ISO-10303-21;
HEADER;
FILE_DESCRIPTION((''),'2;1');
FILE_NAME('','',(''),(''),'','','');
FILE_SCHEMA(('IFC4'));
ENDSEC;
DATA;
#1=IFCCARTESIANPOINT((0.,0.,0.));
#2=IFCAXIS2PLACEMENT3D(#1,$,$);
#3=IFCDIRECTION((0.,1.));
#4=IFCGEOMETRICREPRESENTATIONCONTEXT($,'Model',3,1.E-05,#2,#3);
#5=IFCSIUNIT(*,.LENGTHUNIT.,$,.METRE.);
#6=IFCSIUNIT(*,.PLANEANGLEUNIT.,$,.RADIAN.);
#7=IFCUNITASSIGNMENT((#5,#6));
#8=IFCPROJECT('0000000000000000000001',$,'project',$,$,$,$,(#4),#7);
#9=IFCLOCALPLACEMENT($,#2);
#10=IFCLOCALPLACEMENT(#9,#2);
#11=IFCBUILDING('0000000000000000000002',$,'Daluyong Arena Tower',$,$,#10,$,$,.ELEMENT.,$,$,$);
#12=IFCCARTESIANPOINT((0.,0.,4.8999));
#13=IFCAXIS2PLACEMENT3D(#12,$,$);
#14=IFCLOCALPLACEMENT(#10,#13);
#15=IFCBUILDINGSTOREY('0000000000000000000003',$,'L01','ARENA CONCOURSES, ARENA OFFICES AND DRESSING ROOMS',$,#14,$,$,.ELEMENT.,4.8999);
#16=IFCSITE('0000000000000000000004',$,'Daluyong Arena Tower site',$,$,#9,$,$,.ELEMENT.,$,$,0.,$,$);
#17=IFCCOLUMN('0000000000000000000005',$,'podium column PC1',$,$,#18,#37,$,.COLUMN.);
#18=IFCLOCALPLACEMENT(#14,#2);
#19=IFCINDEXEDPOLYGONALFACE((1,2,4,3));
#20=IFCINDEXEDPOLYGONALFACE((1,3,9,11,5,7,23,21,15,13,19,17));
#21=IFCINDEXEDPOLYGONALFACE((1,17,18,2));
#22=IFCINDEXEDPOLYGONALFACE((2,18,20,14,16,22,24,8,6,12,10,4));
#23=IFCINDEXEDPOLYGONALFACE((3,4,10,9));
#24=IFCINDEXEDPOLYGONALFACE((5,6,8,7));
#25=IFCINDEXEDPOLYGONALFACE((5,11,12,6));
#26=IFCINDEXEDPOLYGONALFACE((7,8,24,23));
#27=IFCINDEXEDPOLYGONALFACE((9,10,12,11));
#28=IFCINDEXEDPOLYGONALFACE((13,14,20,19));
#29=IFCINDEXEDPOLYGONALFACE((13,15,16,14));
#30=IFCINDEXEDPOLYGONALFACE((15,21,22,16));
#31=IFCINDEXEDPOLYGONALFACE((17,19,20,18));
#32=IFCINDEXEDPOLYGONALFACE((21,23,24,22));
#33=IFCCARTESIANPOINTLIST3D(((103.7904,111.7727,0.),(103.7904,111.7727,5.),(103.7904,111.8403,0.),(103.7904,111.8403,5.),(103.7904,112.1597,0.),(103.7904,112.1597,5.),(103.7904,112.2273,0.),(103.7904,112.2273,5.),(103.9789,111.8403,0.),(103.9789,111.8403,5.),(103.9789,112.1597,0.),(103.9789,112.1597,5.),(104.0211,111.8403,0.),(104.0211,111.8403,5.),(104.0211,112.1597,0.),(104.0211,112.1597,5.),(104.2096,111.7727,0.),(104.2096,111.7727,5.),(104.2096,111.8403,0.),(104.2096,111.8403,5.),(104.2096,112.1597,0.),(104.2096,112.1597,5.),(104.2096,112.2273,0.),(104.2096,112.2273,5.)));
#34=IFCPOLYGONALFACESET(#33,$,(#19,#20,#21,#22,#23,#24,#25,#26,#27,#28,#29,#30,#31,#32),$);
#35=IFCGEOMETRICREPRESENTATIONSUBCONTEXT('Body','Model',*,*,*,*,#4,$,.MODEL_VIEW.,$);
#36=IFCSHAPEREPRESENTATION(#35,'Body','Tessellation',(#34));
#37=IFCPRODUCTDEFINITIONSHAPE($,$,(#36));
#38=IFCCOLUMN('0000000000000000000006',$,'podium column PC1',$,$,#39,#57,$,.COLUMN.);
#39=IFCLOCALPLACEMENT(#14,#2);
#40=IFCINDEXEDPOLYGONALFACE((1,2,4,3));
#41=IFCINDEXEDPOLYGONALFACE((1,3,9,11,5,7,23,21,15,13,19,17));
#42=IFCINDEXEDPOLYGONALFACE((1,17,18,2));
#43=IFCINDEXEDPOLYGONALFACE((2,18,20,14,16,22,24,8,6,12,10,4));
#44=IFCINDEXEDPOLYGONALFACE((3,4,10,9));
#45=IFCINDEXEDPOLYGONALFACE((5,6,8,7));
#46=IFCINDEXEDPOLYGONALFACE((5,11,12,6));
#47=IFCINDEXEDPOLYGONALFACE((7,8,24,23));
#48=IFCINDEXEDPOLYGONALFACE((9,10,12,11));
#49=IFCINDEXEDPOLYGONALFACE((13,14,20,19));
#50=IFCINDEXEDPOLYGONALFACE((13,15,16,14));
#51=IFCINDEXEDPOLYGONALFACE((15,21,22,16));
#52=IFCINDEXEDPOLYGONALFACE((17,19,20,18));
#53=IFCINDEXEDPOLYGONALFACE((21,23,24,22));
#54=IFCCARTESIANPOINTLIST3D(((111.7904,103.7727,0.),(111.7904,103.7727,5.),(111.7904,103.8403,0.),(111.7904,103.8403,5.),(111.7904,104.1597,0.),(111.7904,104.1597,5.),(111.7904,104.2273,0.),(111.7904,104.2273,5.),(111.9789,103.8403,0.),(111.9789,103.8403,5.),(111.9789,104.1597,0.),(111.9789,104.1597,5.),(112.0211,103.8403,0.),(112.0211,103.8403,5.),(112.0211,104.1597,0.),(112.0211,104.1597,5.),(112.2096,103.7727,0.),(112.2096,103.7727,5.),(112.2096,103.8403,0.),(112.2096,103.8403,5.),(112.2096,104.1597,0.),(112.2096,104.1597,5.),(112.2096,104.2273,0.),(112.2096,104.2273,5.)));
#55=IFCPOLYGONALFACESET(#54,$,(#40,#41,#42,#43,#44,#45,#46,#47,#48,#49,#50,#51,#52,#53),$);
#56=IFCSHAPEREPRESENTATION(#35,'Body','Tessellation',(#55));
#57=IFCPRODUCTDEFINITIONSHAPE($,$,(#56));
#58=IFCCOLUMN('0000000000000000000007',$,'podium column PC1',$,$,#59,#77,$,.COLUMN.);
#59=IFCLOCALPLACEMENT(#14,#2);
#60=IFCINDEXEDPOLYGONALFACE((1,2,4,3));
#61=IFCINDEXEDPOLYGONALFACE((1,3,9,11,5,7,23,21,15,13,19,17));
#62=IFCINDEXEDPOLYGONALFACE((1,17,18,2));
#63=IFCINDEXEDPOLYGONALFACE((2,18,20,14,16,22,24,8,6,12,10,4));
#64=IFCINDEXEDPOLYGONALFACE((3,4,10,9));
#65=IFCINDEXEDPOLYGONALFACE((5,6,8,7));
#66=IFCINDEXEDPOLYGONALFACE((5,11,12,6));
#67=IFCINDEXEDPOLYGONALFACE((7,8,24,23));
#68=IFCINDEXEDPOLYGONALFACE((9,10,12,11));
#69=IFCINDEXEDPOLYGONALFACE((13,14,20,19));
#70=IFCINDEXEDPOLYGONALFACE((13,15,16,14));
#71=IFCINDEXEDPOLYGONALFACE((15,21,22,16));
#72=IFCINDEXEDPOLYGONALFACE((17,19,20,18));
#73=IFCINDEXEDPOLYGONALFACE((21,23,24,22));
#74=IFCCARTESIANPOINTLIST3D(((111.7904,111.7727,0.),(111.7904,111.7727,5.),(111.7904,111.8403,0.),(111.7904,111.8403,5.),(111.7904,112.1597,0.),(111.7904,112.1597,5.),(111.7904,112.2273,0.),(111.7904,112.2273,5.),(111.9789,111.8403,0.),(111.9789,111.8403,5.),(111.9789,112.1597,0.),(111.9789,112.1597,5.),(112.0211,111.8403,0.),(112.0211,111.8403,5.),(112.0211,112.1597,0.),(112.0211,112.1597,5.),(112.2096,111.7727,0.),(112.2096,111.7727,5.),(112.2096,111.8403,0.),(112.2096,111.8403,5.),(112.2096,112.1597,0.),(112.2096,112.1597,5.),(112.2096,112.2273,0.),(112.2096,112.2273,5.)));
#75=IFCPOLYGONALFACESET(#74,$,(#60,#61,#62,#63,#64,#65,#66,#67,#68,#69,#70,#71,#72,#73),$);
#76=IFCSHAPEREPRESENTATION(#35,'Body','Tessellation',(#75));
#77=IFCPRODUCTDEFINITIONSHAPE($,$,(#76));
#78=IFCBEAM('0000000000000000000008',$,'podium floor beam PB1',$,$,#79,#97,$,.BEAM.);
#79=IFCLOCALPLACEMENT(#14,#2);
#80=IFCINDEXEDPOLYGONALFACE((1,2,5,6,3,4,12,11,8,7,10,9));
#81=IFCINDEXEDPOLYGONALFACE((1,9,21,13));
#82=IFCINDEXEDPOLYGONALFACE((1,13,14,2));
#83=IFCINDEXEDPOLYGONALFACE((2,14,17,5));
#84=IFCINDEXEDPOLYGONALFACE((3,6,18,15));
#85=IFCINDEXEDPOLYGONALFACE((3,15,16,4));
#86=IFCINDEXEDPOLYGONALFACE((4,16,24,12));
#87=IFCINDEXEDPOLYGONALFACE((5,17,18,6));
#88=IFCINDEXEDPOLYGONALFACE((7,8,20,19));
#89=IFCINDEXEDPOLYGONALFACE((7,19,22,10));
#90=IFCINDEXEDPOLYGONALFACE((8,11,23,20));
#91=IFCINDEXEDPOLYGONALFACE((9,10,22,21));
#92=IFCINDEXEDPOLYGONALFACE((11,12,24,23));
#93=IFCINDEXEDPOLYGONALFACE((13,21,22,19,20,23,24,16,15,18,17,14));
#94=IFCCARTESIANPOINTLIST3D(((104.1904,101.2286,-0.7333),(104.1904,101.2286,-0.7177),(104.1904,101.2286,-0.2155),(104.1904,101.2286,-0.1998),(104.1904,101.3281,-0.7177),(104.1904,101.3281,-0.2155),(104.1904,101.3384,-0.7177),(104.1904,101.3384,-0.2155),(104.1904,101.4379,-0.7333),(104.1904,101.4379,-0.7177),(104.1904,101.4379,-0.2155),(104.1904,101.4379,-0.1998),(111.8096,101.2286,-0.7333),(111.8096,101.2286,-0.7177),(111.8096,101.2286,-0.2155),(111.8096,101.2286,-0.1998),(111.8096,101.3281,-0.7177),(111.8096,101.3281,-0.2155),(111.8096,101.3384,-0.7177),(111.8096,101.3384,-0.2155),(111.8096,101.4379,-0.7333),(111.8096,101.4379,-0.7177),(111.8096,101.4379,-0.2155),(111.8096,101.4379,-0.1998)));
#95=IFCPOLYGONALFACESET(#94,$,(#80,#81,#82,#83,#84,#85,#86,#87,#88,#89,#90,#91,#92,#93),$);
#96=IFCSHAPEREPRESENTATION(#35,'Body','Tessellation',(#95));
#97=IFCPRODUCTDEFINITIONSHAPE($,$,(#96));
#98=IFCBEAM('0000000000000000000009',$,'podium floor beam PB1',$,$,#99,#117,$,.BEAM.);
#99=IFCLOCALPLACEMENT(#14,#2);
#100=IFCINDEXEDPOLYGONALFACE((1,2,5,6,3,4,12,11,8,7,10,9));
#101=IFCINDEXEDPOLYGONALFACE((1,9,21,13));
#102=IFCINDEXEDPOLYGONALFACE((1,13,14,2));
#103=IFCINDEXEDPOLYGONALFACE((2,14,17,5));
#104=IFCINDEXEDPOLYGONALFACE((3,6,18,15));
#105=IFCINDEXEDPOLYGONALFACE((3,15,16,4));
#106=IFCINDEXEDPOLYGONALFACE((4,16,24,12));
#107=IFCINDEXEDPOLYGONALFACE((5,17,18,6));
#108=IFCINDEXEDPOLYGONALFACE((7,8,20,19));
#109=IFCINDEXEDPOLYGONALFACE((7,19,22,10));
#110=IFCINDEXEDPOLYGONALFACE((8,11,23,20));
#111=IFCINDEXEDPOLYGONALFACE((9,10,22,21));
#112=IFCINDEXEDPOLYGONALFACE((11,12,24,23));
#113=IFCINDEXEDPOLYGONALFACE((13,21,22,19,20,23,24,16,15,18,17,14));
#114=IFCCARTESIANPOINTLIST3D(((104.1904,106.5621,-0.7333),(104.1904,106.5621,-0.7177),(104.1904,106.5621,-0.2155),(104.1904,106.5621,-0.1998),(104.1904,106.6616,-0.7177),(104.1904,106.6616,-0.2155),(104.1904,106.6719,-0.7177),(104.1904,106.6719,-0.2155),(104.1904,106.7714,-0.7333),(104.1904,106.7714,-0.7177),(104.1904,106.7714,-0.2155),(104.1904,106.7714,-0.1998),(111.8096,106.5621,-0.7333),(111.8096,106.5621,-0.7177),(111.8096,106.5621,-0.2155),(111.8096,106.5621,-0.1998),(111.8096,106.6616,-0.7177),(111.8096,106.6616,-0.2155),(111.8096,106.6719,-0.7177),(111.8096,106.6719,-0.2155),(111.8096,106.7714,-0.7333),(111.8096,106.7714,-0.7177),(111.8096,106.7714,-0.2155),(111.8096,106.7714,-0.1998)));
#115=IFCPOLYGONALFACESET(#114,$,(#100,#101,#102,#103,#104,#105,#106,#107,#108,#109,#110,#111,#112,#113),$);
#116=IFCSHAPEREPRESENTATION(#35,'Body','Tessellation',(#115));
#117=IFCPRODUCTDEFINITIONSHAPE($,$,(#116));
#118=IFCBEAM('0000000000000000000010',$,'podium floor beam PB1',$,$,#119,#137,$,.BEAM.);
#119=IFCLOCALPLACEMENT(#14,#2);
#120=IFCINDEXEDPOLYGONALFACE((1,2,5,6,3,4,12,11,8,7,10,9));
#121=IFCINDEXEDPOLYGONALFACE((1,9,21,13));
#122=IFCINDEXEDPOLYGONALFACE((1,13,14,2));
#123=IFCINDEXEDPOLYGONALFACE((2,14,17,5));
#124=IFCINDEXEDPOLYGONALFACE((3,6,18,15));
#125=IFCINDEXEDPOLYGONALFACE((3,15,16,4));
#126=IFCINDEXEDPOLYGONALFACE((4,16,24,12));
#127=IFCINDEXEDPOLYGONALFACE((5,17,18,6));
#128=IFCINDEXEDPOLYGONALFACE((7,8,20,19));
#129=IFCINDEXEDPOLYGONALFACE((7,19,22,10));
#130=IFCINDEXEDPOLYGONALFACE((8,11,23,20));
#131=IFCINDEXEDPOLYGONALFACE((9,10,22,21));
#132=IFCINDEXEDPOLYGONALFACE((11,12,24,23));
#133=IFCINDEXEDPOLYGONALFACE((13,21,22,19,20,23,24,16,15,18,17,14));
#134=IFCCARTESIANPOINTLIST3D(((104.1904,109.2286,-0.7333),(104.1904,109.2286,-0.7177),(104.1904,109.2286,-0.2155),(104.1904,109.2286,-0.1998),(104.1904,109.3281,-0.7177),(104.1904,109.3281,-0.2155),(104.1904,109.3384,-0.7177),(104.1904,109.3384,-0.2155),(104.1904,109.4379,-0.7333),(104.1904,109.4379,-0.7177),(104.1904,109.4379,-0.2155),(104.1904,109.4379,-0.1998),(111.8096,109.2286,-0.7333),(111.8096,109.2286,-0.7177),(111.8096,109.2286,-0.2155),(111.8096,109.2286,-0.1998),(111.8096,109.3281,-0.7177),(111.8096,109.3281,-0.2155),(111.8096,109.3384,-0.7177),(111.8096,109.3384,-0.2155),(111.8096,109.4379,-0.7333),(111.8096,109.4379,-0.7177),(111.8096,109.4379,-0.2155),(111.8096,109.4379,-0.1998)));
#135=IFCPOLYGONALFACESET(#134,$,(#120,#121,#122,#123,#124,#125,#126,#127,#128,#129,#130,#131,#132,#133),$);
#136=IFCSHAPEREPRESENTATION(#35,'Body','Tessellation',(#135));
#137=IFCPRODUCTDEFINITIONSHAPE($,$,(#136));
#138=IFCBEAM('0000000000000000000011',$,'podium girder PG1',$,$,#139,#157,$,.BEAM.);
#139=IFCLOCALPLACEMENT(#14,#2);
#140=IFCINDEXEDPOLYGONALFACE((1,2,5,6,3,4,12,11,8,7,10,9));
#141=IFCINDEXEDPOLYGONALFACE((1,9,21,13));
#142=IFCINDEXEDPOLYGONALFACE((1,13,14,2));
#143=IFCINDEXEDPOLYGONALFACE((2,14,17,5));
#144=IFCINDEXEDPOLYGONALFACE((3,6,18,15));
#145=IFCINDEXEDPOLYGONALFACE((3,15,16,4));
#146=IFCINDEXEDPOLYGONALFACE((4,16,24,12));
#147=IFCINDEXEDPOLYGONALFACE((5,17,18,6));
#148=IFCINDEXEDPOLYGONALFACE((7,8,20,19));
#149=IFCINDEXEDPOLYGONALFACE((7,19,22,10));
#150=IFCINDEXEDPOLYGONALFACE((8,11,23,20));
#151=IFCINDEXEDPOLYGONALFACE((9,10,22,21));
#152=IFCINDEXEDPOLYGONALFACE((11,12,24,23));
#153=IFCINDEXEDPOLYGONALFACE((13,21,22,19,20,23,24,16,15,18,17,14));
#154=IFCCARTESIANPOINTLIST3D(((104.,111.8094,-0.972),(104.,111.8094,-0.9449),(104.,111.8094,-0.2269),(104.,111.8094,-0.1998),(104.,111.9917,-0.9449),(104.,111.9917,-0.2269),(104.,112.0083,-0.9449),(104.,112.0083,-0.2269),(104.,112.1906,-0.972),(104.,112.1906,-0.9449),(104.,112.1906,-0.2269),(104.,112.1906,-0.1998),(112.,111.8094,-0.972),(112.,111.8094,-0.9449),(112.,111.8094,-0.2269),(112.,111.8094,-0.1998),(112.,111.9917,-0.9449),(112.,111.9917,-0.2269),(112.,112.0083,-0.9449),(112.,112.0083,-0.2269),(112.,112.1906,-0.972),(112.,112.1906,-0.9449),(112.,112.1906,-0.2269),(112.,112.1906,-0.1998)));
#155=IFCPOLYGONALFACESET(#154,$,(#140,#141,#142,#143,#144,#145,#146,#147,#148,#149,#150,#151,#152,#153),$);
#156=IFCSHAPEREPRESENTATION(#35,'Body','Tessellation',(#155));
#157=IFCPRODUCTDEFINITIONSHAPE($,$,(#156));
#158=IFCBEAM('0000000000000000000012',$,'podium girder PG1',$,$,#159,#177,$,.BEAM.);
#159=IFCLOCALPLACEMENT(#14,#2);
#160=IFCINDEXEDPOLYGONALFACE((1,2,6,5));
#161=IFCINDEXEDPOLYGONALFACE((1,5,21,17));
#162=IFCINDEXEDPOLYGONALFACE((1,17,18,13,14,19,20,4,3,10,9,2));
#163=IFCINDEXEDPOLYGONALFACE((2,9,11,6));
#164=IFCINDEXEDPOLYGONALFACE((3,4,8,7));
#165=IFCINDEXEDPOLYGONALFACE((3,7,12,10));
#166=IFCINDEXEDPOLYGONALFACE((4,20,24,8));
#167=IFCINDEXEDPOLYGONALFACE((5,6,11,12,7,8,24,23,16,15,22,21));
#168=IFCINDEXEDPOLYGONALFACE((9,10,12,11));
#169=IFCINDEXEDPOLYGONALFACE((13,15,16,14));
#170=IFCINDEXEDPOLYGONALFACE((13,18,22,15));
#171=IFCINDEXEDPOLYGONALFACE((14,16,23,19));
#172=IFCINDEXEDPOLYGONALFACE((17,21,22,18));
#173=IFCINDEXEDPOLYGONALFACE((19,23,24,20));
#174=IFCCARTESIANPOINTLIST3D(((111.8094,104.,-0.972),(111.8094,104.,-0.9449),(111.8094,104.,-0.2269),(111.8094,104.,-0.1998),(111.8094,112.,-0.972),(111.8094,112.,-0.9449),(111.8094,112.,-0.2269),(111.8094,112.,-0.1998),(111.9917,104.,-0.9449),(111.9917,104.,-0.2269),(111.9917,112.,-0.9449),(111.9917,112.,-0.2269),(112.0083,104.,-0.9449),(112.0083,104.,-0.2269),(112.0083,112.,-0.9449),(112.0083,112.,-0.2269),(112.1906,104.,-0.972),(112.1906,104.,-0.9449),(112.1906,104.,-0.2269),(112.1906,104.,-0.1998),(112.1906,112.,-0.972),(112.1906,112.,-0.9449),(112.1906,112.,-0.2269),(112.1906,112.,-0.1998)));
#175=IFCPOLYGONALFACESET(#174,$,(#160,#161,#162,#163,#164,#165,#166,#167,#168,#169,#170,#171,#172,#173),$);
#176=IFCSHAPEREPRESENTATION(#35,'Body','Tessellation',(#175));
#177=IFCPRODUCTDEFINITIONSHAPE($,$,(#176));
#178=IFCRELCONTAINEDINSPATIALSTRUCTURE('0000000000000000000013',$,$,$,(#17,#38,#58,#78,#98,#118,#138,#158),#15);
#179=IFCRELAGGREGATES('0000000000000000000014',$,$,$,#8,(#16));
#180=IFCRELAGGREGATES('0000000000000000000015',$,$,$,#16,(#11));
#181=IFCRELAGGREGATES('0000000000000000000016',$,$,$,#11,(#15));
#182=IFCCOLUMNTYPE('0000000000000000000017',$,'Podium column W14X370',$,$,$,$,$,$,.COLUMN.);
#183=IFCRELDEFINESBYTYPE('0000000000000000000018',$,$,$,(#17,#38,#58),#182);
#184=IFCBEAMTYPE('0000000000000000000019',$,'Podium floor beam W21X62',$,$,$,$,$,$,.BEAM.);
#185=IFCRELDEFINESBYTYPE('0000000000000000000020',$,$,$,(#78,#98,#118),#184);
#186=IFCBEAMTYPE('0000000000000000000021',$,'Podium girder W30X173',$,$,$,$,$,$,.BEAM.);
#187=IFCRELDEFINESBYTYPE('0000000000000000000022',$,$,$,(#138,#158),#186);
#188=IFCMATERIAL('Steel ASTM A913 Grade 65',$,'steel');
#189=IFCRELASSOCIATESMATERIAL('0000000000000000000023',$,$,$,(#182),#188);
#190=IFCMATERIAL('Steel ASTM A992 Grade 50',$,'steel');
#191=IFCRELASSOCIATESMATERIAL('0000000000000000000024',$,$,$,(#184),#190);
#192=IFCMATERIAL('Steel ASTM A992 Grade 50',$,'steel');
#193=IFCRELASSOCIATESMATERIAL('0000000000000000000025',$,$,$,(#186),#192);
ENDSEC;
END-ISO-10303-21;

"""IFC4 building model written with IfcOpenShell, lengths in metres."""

from ifc_helpers import new_model, si_unit, direction, frame, origin, origin_2d, place, context, subcontext, project, spatial, i_section, extrude, material, material_profile, profile_set, type_object, element, save


model = new_model("IFC4")

# Units and contexts
model_context = context("Model", 3, precision=1e-05, world=origin(), true_north=direction((0.0, 1.0)))
body_context = subcontext(model_context, "Body", "Model", "MODEL_VIEW")
ifc_project = project(units=[si_unit("LENGTHUNIT", "METRE"), si_unit("PLANEANGLEUNIT", "RADIAN")], contexts=[model_context])

# Site, building, storey
site_placement = place(None, origin())
site = spatial("IfcSite", under=ifc_project, at=site_placement, Name="Daluyong Arena Tower site", CompositionType="ELEMENT", RefElevation=0.0)
building_placement = place(site_placement, origin())
building = spatial("IfcBuilding", under=site, at=building_placement, Name="Daluyong Arena Tower", CompositionType="ELEMENT")
storey_placement = place(building_placement, frame((0.0, 0.0, 4.8999)))
storey = spatial("IfcBuildingStorey", under=building, at=storey_placement, Name="L01", Description="ARENA CONCOURSES, ARENA OFFICES AND DRESSING ROOMS", CompositionType="ELEMENT", Elevation=4.8999)

# Columns
ifc_material_1 = material(Name="Steel ASTM A913 Grade 65", Category="steel")
ifc_material_profile_1 = material_profile(ifc_material_1, i_section(OverallWidth=0.4192, OverallDepth=0.4546, WebThickness=0.0422, FlangeThickness=0.0676, at=origin_2d()))
ifc_profile_set_1 = profile_set([ifc_material_profile_1], Name="Steel ASTM A913 Grade 65")
column_type = type_object("IfcColumnType", Name="Podium column W14X370", PredefinedType="COLUMN", material=ifc_profile_set_1)
for number, where, z_axis, x_axis, name in (
    (1, (104.0, 112.0, 0.0), (0.0, 0.0, 1.0), (1.0, 0.0, 0.0), "podium column PC1"),
    (2, (112.0, 104.0, 0.0), (0.0, 0.0, 1.0), (1.0, 0.0, 0.0), "podium column PC1"),
    (3, (112.0, 112.0, 0.0), (0.0, 0.0, 1.0), (1.0, 0.0, 0.0), "podium column PC1"),
):
    element("IfcColumn", number, at=place(storey_placement, frame(where, z_axis=z_axis, x_axis=x_axis)), inside=storey, type_object=column_type, Name=name, PredefinedType="COLUMN", context=body_context, shape_type="SweptSolid", body=[
        extrude(i_section(OverallWidth=0.4192, OverallDepth=0.4546, WebThickness=0.0422, FlangeThickness=0.0676, at=origin_2d()), origin(), (0.0, 0.0, 1.0), 5.0),
    ])

# Beams
ifc_material_2 = material(Name="Steel ASTM A992 Grade 50", Category="steel")
ifc_material_profile_2 = material_profile(ifc_material_2, i_section(OverallWidth=0.2092, OverallDepth=0.5334, WebThickness=0.0103, FlangeThickness=0.0156, at=origin_2d()))
ifc_profile_set_2 = profile_set([ifc_material_profile_2], Name="Steel ASTM A992 Grade 50")
beam_type_1 = type_object("IfcBeamType", Name="Podium floor beam W21X62", PredefinedType="BEAM", material=ifc_profile_set_2)
for number, where, z_axis, x_axis, name in (
    (4, (104.1904, 101.3333, -0.4666), (1.0, 0.0, 0.0), (0.0, 1.0, 0.0), "podium floor beam PB1"),
    (5, (104.1904, 106.6667, -0.4666), (1.0, 0.0, 0.0), (0.0, 1.0, 0.0), "podium floor beam PB1"),
    (6, (104.1904, 109.3333, -0.4666), (1.0, 0.0, 0.0), (0.0, 1.0, 0.0), "podium floor beam PB1"),
):
    element("IfcBeam", number, at=place(storey_placement, frame(where, z_axis=z_axis, x_axis=x_axis)), inside=storey, type_object=beam_type_1, Name=name, PredefinedType="BEAM", context=body_context, shape_type="SweptSolid", body=[
        extrude(i_section(OverallWidth=0.2092, OverallDepth=0.5334, WebThickness=0.0103, FlangeThickness=0.0156, at=origin_2d()), origin(), (0.0, 0.0, 1.0), 7.6191),
    ])
ifc_material_3 = material(Name="Steel ASTM A992 Grade 50", Category="steel")
ifc_material_profile_3 = material_profile(ifc_material_3, i_section(OverallWidth=0.3811, OverallDepth=0.7722, WebThickness=0.0166, FlangeThickness=0.0271, at=origin_2d()))
ifc_profile_set_3 = profile_set([ifc_material_profile_3], Name="Steel ASTM A992 Grade 50")
beam_type_2 = type_object("IfcBeamType", Name="Podium girder W30X173", PredefinedType="BEAM", material=ifc_profile_set_3)
for number, where, z_axis, x_axis, name in (
    (7, (104.0, 112.0, -0.5859), (1.0, 0.0, 0.0), (0.0, 1.0, 0.0), "podium girder PG1"),
    (8, (112.0, 104.0, -0.5859), (0.0, 1.0, 0.0), (-1.0, 0.0, 0.0), "podium girder PG1"),
):
    element("IfcBeam", number, at=place(storey_placement, frame(where, z_axis=z_axis, x_axis=x_axis)), inside=storey, type_object=beam_type_2, Name=name, PredefinedType="BEAM", context=body_context, shape_type="SweptSolid", body=[
        extrude(i_section(OverallWidth=0.3811, OverallDepth=0.7722, WebThickness=0.0166, FlangeThickness=0.0271, at=origin_2d()), origin(), (0.0, 0.0, 1.0), 8.0),
    ])

save(model, "model.ifc")
